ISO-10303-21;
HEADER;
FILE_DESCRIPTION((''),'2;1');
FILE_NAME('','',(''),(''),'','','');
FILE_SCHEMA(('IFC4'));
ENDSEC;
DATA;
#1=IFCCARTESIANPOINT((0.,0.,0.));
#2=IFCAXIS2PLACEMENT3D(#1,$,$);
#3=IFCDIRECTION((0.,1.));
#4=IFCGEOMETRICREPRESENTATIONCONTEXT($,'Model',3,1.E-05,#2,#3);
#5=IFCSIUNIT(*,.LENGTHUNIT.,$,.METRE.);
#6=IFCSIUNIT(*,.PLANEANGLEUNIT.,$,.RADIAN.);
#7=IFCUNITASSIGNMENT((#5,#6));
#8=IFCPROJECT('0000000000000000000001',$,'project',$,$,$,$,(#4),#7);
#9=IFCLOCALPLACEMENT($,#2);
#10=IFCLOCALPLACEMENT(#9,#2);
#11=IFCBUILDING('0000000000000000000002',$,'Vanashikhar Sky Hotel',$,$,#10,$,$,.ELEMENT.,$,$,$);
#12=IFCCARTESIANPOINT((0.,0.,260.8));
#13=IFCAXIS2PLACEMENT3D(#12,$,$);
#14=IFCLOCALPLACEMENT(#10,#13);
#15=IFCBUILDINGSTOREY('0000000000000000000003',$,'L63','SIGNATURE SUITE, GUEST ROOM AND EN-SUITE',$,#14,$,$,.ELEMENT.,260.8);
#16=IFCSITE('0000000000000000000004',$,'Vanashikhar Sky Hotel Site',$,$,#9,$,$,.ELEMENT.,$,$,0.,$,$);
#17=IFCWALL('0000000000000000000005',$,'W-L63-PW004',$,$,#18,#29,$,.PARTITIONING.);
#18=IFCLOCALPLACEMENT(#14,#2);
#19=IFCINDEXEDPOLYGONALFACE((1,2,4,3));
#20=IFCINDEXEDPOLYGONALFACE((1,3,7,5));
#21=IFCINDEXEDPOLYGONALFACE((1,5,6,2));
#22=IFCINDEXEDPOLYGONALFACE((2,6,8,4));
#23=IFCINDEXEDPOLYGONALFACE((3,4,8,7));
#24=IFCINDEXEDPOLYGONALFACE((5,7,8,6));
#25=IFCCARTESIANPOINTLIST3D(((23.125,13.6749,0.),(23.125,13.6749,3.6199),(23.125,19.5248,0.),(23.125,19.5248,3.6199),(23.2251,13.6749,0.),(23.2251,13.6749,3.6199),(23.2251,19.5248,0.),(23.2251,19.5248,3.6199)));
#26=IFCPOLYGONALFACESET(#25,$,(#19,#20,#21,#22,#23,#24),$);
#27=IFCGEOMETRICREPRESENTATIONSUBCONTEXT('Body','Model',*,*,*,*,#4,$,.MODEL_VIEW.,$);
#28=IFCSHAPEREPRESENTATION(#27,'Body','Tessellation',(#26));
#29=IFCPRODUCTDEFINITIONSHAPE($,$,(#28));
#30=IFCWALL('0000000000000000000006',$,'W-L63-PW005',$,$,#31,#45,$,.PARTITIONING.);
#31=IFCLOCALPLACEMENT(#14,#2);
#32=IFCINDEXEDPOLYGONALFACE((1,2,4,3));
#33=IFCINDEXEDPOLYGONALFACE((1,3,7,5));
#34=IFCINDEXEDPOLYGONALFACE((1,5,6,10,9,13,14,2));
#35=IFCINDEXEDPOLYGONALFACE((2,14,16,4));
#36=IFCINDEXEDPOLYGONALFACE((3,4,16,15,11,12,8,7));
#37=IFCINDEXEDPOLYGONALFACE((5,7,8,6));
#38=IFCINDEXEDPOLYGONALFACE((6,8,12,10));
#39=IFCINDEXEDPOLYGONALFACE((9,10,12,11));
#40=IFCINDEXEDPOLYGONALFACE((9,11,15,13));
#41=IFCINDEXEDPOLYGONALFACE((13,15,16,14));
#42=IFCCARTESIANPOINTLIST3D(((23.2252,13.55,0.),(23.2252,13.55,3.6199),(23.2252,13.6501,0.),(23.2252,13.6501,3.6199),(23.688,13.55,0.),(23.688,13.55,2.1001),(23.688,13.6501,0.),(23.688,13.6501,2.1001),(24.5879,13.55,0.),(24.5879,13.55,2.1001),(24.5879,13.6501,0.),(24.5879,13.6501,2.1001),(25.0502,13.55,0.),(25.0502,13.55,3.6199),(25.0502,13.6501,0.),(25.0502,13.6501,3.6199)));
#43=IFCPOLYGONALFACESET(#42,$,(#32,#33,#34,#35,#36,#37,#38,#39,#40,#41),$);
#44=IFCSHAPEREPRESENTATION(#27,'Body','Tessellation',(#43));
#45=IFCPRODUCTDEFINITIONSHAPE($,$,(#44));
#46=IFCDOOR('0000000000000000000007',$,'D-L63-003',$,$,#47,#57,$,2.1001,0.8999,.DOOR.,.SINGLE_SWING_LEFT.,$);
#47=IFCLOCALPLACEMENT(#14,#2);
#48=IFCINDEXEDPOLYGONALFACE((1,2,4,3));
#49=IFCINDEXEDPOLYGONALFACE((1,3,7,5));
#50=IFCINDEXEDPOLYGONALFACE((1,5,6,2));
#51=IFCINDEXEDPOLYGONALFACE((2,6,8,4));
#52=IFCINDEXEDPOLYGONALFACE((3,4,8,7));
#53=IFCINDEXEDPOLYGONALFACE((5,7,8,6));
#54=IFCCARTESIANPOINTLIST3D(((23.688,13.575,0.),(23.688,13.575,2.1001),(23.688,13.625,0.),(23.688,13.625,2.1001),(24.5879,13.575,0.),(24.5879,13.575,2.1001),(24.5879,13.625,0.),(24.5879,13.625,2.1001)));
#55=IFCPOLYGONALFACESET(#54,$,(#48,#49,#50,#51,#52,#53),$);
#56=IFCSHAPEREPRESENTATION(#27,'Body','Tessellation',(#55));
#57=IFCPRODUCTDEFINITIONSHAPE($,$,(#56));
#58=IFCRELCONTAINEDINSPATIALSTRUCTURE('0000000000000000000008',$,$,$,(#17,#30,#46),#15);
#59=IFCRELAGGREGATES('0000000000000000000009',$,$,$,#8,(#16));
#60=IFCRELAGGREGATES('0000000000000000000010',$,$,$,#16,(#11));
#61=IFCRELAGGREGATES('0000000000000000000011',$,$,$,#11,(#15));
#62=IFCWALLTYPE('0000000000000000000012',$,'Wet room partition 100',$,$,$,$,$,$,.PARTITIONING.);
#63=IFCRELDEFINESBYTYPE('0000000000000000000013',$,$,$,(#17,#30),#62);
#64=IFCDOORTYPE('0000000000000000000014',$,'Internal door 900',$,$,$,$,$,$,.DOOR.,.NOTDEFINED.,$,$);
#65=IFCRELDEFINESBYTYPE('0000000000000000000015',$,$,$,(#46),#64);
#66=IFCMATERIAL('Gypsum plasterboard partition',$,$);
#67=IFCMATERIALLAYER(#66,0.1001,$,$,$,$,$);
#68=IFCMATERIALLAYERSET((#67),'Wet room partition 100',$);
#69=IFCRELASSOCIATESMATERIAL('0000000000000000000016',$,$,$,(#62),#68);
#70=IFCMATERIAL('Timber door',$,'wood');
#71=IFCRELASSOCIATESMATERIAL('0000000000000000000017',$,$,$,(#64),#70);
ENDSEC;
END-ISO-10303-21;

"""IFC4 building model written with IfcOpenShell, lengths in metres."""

from ifc_helpers import new_model, si_unit, direction, frame, frame_2d, origin, place, context, subcontext, project, spatial, rectangle, extrude, source, transform, mapped, material, layer, layer_set, type_object, element, fill, save


model = new_model("IFC4")

# Units and contexts
model_context = context("Model", 3, precision=1e-05, world=origin(), true_north=direction((0.0, 1.0)))
body_context = subcontext(model_context, "Body", "Model", "MODEL_VIEW")
ifc_project = project(units=[si_unit("LENGTHUNIT", "METRE"), si_unit("PLANEANGLEUNIT", "RADIAN")], contexts=[model_context])

# Site, building, storey
site_placement = place(None, origin())
site = spatial("IfcSite", under=ifc_project, at=site_placement, Name="Vanashikhar Sky Hotel Site", CompositionType="ELEMENT", RefElevation=0.0)
building_placement = place(site_placement, origin())
building = spatial("IfcBuilding", under=site, at=building_placement, Name="Vanashikhar Sky Hotel", CompositionType="ELEMENT")
storey_placement = place(building_placement, frame((0.0, 0.0, 260.8)))
storey = spatial("IfcBuildingStorey", under=building, at=storey_placement, Name="L63", Description="SIGNATURE SUITE, GUEST ROOM AND EN-SUITE", CompositionType="ELEMENT", Elevation=260.8)

# Shared definitions
ifc_material_1 = material(Name="Gypsum plasterboard partition")

# Wall
ifc_layer_1 = layer(ifc_material_1, 0.1001)
ifc_layer_set_1 = layer_set([ifc_layer_1], Name="Wet room partition 100")
wall_type_1 = type_object("IfcWallType", Name="Wet room partition 100", PredefinedType="PARTITIONING", material=ifc_layer_set_1)
shared_shape_1 = source(origin(), body_context, "Body", "SweptSolid", [
    extrude(rectangle(XDim=5.8499, YDim=0.1001, at=frame_2d((2.9248, 0.0))), origin(), (0.0, 0.0, 1.0), 3.6199),
])
for number, where, z_axis, x_axis, name in (
    (1, (23.175, 13.675, 0.0), (0.0, 0.0, 1.0), (0.0, 1.0, 0.0), "W-L63-PW004"),
):
    element("IfcWall", number, at=place(storey_placement, frame(where, z_axis=z_axis, x_axis=x_axis)), inside=storey, type_object=wall_type_1, Name=name, PredefinedType="PARTITIONING", context=body_context, shape_type="MappedRepresentation", body=[
        mapped(shared_shape_1, transform((0.0, 0.0, 0.0), scale=1.0)),
    ])

# Wall, opening, door
shared_shape_2 = source(origin(), body_context, "Body", "SweptSolid", [
    extrude(rectangle(XDim=1.825, YDim=0.1001, at=frame_2d((0.9126, 0.0))), origin(), (0.0, 0.0, 1.0), 3.6199),
])
wall_1_placement = place(storey_placement, frame((23.2251, 13.6001, 0.0), z_axis=(0.0, 0.0, 1.0), x_axis=(1.0, 0.0, 0.0)))
wall_1 = element("IfcWall", 2, at=wall_1_placement, inside=storey, type_object=wall_type_1, Name="W-L63-PW005", PredefinedType="PARTITIONING", context=body_context, shape_type="MappedRepresentation", body=[
    mapped(shared_shape_2, transform((0.0, 0.0, 0.0), scale=1.0)),
])
shared_shape_3 = source(origin(), body_context, "Body", "SweptSolid", [
    extrude(rectangle(XDim=0.8999, YDim=2.1001, at=frame_2d((0.45, 1.05))), frame((0.0, 0.0601, 0.0), z_axis=(0.0, -1.0, 0.0), x_axis=(1.0, 0.0, 0.0)), (0.0, 0.0, 1.0), 0.1201),
])
opening_1_placement = place(wall_1_placement, frame((0.4629, 0.0, 0.0)))
opening_1 = element("IfcOpeningElement", 3, at=opening_1_placement, cuts=wall_1, PredefinedType="OPENING", context=body_context, shape_type="MappedRepresentation", body=[
    mapped(shared_shape_3, transform((0.0, 0.0, 0.0), scale=1.0)),
])
ifc_material_2 = material(Name="Timber door", Category="wood")
door_type_1 = type_object("IfcDoorType", Name="Internal door 900", OperationType="NOTDEFINED", PredefinedType="DOOR", material=ifc_material_2)
shared_shape_4 = source(origin(), body_context, "Body", "SweptSolid", [
    extrude(rectangle(XDim=0.8999, YDim=2.1001, at=frame_2d((0.45, 1.05))), frame((0.0, 0.0249, 0.0), z_axis=(0.0, -1.0, 0.0), x_axis=(1.0, 0.0, 0.0)), (0.0, 0.0, 1.0), 0.05),
])
door_1_placement = place(opening_1_placement, origin())
door_1 = element("IfcDoor", 4, at=door_1_placement, inside=storey, type_object=door_type_1, Name="D-L63-003", OperationType="SINGLE_SWING_LEFT", OverallHeight=2.1001, OverallWidth=0.8999, PredefinedType="DOOR", context=body_context, shape_type="MappedRepresentation", body=[
    mapped(shared_shape_4, transform((0.0, 0.0, 0.0), scale=1.0)),
])
fill(opening_1, door_1)

save(model, "model.ifc")
